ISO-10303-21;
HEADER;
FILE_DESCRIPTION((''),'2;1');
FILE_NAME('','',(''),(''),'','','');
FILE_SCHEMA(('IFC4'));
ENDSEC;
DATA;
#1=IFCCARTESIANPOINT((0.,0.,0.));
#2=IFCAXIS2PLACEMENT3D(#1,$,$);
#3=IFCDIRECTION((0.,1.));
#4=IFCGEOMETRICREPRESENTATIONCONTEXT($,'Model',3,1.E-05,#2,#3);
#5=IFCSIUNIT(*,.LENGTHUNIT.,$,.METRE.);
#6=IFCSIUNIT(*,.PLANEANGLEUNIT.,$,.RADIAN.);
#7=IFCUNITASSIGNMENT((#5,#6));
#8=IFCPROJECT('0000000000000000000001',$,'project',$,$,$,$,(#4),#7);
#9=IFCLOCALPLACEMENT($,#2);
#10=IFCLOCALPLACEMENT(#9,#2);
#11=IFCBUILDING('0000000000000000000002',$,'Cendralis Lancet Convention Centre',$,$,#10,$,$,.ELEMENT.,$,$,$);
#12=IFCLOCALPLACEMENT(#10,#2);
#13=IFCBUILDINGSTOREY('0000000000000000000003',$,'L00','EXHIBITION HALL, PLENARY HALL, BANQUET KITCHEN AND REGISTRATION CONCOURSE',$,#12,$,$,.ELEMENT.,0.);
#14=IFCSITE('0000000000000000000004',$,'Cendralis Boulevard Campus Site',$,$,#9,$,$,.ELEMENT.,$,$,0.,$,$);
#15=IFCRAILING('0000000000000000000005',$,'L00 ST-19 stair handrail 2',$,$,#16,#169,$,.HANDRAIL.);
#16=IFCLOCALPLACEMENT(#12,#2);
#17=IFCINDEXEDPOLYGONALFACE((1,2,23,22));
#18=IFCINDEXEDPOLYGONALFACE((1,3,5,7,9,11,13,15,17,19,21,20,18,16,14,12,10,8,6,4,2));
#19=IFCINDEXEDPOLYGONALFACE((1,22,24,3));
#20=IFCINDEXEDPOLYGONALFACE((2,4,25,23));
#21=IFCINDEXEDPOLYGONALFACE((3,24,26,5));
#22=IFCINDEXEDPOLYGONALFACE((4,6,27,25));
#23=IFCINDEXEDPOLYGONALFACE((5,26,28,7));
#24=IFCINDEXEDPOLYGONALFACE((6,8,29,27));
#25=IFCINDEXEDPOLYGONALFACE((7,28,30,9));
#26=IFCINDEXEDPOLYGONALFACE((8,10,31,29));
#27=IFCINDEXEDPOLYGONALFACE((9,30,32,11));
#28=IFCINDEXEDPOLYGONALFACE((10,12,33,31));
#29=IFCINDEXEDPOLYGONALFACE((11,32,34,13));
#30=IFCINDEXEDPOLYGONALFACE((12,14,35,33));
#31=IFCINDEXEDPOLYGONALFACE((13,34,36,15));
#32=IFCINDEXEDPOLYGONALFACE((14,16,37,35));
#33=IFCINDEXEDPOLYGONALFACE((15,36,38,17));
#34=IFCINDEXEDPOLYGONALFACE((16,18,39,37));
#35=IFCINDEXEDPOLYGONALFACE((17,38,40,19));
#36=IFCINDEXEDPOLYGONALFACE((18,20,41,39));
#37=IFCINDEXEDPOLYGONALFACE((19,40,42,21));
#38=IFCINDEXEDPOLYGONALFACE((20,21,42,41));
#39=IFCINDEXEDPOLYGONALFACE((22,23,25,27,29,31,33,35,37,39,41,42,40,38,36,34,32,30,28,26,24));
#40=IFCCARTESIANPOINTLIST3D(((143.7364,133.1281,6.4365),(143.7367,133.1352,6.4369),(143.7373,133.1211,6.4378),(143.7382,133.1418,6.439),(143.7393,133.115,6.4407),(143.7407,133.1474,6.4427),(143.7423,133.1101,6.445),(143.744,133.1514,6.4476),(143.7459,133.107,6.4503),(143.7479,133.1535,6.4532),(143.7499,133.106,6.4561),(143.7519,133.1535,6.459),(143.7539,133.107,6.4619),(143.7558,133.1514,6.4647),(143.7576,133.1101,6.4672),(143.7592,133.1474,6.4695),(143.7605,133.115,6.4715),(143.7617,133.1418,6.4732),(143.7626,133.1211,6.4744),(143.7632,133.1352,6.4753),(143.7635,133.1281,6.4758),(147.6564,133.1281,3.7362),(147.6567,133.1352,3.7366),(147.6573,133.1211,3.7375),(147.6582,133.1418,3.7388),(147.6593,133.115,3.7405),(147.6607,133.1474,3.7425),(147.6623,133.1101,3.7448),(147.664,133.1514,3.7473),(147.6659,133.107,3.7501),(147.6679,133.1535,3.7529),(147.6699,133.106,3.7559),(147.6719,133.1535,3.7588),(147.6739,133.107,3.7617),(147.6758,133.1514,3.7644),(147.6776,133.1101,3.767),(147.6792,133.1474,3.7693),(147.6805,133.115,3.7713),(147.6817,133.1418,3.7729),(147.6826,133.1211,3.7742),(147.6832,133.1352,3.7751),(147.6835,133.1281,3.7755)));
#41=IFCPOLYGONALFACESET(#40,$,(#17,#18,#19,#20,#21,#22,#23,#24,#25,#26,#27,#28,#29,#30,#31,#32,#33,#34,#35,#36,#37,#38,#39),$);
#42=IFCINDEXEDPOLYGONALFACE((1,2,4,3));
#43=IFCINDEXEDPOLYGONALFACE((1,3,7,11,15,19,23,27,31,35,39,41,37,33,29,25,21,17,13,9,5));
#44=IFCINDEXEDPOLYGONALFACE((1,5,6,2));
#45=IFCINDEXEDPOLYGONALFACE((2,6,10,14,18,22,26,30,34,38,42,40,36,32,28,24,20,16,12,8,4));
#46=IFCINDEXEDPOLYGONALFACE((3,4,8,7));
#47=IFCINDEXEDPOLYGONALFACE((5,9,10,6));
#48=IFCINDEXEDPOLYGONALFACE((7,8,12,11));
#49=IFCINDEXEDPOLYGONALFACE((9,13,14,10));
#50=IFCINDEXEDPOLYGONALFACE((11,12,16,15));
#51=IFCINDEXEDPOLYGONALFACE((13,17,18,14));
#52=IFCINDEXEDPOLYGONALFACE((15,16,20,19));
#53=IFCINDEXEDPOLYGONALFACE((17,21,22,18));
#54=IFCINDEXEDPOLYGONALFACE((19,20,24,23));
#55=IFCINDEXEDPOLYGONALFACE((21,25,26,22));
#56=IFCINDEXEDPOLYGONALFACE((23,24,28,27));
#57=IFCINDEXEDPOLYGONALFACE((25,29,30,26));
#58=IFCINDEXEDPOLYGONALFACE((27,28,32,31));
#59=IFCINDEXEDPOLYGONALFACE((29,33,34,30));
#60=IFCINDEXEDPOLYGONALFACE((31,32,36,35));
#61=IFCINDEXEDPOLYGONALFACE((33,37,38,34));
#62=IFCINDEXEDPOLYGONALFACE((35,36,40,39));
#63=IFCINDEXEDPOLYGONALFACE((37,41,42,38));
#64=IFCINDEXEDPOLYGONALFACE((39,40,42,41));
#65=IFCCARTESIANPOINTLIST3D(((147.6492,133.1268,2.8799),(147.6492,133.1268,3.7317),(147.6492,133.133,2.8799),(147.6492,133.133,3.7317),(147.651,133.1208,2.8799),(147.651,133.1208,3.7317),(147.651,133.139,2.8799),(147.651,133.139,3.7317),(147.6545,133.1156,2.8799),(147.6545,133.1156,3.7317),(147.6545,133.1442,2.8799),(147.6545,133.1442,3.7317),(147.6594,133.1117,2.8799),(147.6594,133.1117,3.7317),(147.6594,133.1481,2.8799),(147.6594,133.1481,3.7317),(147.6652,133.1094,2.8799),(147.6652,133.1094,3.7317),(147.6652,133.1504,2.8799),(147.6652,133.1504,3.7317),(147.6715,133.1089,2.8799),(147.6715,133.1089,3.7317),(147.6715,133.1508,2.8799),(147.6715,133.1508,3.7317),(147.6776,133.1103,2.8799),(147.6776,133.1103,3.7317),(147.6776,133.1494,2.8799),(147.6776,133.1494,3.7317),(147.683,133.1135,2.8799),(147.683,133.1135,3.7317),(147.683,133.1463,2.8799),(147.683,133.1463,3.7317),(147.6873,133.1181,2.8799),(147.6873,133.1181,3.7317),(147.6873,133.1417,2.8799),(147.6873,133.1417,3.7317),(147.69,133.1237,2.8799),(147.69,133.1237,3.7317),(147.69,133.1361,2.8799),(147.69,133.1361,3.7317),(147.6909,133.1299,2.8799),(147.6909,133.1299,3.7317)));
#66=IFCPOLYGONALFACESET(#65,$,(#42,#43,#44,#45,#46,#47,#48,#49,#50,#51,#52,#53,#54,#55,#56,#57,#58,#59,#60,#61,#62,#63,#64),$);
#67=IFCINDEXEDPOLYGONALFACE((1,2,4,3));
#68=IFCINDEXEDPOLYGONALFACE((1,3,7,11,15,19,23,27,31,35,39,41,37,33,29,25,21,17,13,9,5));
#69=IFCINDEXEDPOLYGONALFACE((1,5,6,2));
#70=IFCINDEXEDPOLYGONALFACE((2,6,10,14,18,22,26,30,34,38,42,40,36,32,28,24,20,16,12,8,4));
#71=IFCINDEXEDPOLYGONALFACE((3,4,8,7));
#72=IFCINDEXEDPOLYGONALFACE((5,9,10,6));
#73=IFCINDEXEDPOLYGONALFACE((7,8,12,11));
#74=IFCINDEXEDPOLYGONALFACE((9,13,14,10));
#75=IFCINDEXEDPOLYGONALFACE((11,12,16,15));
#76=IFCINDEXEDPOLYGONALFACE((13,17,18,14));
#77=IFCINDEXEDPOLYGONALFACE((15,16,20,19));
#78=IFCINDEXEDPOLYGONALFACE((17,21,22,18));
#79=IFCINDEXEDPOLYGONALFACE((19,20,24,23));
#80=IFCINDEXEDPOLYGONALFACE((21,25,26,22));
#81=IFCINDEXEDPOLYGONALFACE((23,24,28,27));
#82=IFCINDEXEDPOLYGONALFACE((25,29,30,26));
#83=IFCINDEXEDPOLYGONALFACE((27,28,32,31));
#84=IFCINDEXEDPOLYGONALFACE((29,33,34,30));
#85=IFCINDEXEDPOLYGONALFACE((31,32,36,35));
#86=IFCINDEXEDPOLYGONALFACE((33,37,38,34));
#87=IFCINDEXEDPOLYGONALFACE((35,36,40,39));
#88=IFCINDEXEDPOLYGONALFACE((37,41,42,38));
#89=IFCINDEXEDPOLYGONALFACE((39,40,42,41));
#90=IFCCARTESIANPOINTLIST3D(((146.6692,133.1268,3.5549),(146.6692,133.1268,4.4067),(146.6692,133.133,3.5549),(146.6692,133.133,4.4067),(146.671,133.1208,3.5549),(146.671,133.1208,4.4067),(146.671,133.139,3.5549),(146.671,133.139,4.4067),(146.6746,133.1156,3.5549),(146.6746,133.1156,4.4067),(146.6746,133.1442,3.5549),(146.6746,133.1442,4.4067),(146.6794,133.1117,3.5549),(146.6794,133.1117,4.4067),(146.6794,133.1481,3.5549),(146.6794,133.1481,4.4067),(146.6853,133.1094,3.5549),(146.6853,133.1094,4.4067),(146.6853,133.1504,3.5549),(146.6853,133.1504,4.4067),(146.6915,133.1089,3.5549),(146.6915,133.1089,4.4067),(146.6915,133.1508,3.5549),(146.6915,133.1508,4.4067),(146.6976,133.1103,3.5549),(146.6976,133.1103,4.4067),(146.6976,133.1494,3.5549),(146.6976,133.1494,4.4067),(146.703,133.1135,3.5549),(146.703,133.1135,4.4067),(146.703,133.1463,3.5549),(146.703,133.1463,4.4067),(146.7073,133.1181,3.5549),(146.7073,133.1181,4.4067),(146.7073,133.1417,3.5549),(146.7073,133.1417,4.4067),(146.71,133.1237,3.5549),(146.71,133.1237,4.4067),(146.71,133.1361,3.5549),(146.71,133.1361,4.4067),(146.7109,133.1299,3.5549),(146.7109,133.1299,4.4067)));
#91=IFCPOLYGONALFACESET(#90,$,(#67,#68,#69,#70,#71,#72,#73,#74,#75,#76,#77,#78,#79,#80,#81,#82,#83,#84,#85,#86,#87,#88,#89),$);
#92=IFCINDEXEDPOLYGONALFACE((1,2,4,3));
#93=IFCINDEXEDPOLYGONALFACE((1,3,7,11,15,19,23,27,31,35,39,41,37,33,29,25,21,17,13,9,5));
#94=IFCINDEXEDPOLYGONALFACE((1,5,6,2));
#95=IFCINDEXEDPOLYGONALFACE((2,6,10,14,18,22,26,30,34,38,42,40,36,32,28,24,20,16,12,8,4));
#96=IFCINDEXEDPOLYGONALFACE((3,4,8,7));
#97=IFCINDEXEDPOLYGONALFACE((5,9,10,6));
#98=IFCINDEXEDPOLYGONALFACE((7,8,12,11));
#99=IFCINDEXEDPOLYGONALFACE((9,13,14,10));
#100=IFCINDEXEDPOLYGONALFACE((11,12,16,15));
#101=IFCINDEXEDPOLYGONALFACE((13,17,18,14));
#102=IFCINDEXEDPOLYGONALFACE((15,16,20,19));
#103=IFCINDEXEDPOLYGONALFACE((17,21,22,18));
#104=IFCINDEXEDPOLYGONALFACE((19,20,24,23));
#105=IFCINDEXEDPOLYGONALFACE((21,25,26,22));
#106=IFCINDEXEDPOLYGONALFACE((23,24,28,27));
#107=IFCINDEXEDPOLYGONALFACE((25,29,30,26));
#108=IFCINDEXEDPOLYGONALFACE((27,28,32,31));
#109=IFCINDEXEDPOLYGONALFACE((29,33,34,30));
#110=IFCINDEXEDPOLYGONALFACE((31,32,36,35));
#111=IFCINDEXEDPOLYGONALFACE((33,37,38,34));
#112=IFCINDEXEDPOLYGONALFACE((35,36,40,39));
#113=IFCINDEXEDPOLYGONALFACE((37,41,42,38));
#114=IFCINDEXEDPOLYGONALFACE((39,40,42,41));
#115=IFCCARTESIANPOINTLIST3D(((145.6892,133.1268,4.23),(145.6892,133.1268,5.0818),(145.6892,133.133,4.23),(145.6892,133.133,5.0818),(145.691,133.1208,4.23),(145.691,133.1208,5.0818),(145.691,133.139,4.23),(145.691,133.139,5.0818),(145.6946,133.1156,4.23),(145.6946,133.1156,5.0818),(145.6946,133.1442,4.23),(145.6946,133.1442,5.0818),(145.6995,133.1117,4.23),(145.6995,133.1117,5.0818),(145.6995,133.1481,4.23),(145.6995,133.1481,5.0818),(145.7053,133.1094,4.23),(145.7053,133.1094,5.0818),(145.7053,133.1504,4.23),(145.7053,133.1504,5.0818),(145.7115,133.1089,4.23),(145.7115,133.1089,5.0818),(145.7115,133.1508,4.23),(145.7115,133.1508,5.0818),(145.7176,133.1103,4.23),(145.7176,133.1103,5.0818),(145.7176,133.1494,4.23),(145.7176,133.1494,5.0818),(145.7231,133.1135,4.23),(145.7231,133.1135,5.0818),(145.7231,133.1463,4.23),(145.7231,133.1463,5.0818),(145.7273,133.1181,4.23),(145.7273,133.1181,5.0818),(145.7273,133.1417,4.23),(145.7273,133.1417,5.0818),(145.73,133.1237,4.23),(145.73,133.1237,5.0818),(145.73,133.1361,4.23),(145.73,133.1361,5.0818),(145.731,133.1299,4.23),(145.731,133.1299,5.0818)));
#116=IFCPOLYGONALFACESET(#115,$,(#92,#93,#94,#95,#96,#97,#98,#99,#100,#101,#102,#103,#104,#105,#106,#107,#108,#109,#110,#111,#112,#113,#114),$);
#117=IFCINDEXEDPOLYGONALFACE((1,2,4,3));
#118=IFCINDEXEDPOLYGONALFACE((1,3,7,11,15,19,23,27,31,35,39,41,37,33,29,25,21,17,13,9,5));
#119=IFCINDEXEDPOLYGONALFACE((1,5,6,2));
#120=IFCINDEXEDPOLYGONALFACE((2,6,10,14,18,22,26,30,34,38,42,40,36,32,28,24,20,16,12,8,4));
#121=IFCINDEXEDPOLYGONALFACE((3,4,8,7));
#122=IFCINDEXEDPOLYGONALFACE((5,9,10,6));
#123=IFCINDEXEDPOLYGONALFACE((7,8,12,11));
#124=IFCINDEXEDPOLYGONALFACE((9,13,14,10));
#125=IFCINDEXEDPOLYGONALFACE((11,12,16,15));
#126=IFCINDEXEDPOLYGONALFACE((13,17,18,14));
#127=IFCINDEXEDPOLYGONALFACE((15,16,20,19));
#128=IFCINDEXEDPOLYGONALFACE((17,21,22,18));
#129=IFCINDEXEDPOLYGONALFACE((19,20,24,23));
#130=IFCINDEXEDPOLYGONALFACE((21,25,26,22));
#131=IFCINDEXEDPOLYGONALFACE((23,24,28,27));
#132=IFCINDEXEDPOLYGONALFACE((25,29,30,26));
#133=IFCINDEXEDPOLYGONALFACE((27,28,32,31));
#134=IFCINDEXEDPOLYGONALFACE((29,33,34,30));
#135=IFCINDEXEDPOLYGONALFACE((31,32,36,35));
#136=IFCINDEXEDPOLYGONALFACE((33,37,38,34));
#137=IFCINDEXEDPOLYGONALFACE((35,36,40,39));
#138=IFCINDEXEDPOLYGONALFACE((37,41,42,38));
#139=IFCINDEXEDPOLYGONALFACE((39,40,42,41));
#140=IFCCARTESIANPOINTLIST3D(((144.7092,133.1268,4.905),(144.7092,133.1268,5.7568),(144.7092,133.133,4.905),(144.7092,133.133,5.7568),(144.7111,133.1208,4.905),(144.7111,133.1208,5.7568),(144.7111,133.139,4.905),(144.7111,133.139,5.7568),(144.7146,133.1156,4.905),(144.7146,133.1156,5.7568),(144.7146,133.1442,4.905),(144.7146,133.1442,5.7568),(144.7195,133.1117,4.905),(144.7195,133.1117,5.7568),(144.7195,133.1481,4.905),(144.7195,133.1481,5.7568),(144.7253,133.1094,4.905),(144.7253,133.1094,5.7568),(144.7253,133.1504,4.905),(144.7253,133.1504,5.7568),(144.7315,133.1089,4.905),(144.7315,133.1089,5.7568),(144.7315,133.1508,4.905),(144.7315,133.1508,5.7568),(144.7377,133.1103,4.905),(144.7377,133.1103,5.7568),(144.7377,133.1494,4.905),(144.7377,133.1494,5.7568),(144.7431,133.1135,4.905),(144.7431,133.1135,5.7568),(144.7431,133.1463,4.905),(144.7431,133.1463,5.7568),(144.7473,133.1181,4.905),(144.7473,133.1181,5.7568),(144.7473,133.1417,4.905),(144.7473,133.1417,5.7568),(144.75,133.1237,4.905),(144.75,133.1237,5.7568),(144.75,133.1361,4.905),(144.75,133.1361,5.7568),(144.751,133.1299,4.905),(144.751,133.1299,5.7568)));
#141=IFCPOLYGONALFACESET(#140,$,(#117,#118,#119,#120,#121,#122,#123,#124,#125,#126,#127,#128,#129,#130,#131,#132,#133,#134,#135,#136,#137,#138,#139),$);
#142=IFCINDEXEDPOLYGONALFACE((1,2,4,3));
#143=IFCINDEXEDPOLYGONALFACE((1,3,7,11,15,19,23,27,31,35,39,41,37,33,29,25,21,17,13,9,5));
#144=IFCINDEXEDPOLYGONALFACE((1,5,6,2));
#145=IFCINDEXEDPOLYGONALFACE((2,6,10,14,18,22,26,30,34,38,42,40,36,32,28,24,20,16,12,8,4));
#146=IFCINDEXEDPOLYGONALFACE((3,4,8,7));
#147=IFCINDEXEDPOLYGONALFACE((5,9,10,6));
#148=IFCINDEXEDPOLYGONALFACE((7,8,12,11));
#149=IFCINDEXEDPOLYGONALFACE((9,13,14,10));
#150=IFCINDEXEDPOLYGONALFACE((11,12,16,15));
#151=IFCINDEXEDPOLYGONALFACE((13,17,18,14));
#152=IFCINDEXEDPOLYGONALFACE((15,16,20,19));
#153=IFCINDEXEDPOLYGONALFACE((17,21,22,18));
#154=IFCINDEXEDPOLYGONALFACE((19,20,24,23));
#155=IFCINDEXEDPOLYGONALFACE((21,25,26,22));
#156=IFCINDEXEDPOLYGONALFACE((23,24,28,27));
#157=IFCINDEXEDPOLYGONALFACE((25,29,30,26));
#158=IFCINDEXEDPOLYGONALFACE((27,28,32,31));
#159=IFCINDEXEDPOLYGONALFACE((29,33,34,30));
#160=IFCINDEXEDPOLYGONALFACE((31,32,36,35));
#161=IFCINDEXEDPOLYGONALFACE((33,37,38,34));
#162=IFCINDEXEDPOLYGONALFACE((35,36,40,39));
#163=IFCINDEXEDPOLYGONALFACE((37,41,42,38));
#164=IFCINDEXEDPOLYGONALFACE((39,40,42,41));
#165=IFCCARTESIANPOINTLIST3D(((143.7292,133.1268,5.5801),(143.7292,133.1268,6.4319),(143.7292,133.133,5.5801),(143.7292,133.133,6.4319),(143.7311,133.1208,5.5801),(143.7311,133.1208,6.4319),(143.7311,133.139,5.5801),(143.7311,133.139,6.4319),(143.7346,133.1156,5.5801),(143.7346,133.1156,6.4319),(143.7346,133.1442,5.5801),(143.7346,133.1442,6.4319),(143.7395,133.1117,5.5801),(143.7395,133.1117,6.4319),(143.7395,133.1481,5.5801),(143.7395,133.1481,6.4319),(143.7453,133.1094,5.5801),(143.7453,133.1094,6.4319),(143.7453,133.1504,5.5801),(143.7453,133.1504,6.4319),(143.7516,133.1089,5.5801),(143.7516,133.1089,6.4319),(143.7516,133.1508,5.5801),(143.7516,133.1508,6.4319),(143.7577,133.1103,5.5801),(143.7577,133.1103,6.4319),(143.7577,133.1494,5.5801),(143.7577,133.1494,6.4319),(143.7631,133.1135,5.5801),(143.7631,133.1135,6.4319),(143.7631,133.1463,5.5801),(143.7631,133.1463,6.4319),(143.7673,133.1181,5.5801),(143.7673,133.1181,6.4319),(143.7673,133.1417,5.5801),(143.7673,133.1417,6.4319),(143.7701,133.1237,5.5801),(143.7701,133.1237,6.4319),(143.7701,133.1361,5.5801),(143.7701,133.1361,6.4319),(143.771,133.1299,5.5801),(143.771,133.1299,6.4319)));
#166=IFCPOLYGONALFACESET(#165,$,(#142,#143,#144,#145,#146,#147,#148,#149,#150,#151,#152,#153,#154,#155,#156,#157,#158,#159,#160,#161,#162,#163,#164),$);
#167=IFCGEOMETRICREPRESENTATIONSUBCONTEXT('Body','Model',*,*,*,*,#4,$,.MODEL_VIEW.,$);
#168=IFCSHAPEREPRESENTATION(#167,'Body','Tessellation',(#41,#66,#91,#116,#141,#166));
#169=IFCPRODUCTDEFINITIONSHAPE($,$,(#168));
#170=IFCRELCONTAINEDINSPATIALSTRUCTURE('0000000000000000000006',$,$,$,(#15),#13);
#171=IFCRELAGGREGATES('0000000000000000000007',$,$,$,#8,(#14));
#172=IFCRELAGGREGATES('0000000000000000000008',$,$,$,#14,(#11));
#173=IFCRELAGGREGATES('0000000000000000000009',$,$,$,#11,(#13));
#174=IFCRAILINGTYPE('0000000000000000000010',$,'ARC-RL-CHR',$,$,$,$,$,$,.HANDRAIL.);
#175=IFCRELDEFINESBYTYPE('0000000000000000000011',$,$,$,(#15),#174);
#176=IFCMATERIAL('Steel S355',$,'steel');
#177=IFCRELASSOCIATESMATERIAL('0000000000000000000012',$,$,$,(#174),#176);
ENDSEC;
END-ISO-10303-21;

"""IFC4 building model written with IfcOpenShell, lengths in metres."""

from ifc_helpers import new_model, si_unit, direction, frame, origin, origin_2d, place, context, subcontext, project, spatial, circle, extrude, material, type_object, element, save


model = new_model("IFC4")

# Units and contexts
model_context = context("Model", 3, precision=1e-05, world=origin(), true_north=direction((0.0, 1.0)))
body_context = subcontext(model_context, "Body", "Model", "MODEL_VIEW")
ifc_project = project(units=[si_unit("LENGTHUNIT", "METRE"), si_unit("PLANEANGLEUNIT", "RADIAN")], contexts=[model_context])

# Site, building, storey
site_placement = place(None, origin())
site = spatial("IfcSite", under=ifc_project, at=site_placement, Name="Cendralis Boulevard Campus Site", CompositionType="ELEMENT", RefElevation=0.0)
building_placement = place(site_placement, origin())
building = spatial("IfcBuilding", under=site, at=building_placement, Name="Cendralis Lancet Convention Centre", CompositionType="ELEMENT")
storey_placement = place(building_placement, origin())
storey = spatial("IfcBuildingStorey", under=building, at=storey_placement, Name="L00", Description="EXHIBITION HALL, PLENARY HALL, BANQUET KITCHEN AND REGISTRATION CONCOURSE", CompositionType="ELEMENT", Elevation=0.0)

# Shared definitions
ifc_material_1 = material(Name="Steel S355", Category="steel")

# Railing
railing_type_1 = type_object("IfcRailingType", Name="ARC-RL-CHR", PredefinedType="HANDRAIL", material=ifc_material_1)
railing_1_placement = place(storey_placement, frame((147.6699, 133.1299, 2.8799)))
element("IfcRailing", 1, at=railing_1_placement, inside=storey, type_object=railing_type_1, Name="L00 ST-19 stair handrail 2", PredefinedType="HANDRAIL", context=body_context, shape_type="SweptSolid", body=[
    extrude(circle(Radius=0.0239, at=origin_2d()), frame((0.0, 0.0, 0.876), z_axis=(-0.823527, 0.0, 0.567277), x_axis=(0.0, -1.0, 0.0)), (0.0, 0.0, 1.0), 4.76),
    extrude(circle(Radius=0.021, at=origin_2d()), origin(), (0.0, 0.0, 1.0), 0.8518),
    extrude(circle(Radius=0.021, at=origin_2d()), frame((-0.98, 0.0, 0.675)), (0.0, 0.0, 1.0), 0.8518),
    extrude(circle(Radius=0.021, at=origin_2d()), frame((-1.96, 0.0, 1.3501)), (0.0, 0.0, 1.0), 0.8518),
    extrude(circle(Radius=0.021, at=origin_2d()), frame((-2.9399, 0.0, 2.0251)), (0.0, 0.0, 1.0), 0.8518),
    extrude(circle(Radius=0.021, at=origin_2d()), frame((-3.9199, 0.0, 2.7002)), (0.0, 0.0, 1.0), 0.8518),
])

save(model, "model.ifc")
